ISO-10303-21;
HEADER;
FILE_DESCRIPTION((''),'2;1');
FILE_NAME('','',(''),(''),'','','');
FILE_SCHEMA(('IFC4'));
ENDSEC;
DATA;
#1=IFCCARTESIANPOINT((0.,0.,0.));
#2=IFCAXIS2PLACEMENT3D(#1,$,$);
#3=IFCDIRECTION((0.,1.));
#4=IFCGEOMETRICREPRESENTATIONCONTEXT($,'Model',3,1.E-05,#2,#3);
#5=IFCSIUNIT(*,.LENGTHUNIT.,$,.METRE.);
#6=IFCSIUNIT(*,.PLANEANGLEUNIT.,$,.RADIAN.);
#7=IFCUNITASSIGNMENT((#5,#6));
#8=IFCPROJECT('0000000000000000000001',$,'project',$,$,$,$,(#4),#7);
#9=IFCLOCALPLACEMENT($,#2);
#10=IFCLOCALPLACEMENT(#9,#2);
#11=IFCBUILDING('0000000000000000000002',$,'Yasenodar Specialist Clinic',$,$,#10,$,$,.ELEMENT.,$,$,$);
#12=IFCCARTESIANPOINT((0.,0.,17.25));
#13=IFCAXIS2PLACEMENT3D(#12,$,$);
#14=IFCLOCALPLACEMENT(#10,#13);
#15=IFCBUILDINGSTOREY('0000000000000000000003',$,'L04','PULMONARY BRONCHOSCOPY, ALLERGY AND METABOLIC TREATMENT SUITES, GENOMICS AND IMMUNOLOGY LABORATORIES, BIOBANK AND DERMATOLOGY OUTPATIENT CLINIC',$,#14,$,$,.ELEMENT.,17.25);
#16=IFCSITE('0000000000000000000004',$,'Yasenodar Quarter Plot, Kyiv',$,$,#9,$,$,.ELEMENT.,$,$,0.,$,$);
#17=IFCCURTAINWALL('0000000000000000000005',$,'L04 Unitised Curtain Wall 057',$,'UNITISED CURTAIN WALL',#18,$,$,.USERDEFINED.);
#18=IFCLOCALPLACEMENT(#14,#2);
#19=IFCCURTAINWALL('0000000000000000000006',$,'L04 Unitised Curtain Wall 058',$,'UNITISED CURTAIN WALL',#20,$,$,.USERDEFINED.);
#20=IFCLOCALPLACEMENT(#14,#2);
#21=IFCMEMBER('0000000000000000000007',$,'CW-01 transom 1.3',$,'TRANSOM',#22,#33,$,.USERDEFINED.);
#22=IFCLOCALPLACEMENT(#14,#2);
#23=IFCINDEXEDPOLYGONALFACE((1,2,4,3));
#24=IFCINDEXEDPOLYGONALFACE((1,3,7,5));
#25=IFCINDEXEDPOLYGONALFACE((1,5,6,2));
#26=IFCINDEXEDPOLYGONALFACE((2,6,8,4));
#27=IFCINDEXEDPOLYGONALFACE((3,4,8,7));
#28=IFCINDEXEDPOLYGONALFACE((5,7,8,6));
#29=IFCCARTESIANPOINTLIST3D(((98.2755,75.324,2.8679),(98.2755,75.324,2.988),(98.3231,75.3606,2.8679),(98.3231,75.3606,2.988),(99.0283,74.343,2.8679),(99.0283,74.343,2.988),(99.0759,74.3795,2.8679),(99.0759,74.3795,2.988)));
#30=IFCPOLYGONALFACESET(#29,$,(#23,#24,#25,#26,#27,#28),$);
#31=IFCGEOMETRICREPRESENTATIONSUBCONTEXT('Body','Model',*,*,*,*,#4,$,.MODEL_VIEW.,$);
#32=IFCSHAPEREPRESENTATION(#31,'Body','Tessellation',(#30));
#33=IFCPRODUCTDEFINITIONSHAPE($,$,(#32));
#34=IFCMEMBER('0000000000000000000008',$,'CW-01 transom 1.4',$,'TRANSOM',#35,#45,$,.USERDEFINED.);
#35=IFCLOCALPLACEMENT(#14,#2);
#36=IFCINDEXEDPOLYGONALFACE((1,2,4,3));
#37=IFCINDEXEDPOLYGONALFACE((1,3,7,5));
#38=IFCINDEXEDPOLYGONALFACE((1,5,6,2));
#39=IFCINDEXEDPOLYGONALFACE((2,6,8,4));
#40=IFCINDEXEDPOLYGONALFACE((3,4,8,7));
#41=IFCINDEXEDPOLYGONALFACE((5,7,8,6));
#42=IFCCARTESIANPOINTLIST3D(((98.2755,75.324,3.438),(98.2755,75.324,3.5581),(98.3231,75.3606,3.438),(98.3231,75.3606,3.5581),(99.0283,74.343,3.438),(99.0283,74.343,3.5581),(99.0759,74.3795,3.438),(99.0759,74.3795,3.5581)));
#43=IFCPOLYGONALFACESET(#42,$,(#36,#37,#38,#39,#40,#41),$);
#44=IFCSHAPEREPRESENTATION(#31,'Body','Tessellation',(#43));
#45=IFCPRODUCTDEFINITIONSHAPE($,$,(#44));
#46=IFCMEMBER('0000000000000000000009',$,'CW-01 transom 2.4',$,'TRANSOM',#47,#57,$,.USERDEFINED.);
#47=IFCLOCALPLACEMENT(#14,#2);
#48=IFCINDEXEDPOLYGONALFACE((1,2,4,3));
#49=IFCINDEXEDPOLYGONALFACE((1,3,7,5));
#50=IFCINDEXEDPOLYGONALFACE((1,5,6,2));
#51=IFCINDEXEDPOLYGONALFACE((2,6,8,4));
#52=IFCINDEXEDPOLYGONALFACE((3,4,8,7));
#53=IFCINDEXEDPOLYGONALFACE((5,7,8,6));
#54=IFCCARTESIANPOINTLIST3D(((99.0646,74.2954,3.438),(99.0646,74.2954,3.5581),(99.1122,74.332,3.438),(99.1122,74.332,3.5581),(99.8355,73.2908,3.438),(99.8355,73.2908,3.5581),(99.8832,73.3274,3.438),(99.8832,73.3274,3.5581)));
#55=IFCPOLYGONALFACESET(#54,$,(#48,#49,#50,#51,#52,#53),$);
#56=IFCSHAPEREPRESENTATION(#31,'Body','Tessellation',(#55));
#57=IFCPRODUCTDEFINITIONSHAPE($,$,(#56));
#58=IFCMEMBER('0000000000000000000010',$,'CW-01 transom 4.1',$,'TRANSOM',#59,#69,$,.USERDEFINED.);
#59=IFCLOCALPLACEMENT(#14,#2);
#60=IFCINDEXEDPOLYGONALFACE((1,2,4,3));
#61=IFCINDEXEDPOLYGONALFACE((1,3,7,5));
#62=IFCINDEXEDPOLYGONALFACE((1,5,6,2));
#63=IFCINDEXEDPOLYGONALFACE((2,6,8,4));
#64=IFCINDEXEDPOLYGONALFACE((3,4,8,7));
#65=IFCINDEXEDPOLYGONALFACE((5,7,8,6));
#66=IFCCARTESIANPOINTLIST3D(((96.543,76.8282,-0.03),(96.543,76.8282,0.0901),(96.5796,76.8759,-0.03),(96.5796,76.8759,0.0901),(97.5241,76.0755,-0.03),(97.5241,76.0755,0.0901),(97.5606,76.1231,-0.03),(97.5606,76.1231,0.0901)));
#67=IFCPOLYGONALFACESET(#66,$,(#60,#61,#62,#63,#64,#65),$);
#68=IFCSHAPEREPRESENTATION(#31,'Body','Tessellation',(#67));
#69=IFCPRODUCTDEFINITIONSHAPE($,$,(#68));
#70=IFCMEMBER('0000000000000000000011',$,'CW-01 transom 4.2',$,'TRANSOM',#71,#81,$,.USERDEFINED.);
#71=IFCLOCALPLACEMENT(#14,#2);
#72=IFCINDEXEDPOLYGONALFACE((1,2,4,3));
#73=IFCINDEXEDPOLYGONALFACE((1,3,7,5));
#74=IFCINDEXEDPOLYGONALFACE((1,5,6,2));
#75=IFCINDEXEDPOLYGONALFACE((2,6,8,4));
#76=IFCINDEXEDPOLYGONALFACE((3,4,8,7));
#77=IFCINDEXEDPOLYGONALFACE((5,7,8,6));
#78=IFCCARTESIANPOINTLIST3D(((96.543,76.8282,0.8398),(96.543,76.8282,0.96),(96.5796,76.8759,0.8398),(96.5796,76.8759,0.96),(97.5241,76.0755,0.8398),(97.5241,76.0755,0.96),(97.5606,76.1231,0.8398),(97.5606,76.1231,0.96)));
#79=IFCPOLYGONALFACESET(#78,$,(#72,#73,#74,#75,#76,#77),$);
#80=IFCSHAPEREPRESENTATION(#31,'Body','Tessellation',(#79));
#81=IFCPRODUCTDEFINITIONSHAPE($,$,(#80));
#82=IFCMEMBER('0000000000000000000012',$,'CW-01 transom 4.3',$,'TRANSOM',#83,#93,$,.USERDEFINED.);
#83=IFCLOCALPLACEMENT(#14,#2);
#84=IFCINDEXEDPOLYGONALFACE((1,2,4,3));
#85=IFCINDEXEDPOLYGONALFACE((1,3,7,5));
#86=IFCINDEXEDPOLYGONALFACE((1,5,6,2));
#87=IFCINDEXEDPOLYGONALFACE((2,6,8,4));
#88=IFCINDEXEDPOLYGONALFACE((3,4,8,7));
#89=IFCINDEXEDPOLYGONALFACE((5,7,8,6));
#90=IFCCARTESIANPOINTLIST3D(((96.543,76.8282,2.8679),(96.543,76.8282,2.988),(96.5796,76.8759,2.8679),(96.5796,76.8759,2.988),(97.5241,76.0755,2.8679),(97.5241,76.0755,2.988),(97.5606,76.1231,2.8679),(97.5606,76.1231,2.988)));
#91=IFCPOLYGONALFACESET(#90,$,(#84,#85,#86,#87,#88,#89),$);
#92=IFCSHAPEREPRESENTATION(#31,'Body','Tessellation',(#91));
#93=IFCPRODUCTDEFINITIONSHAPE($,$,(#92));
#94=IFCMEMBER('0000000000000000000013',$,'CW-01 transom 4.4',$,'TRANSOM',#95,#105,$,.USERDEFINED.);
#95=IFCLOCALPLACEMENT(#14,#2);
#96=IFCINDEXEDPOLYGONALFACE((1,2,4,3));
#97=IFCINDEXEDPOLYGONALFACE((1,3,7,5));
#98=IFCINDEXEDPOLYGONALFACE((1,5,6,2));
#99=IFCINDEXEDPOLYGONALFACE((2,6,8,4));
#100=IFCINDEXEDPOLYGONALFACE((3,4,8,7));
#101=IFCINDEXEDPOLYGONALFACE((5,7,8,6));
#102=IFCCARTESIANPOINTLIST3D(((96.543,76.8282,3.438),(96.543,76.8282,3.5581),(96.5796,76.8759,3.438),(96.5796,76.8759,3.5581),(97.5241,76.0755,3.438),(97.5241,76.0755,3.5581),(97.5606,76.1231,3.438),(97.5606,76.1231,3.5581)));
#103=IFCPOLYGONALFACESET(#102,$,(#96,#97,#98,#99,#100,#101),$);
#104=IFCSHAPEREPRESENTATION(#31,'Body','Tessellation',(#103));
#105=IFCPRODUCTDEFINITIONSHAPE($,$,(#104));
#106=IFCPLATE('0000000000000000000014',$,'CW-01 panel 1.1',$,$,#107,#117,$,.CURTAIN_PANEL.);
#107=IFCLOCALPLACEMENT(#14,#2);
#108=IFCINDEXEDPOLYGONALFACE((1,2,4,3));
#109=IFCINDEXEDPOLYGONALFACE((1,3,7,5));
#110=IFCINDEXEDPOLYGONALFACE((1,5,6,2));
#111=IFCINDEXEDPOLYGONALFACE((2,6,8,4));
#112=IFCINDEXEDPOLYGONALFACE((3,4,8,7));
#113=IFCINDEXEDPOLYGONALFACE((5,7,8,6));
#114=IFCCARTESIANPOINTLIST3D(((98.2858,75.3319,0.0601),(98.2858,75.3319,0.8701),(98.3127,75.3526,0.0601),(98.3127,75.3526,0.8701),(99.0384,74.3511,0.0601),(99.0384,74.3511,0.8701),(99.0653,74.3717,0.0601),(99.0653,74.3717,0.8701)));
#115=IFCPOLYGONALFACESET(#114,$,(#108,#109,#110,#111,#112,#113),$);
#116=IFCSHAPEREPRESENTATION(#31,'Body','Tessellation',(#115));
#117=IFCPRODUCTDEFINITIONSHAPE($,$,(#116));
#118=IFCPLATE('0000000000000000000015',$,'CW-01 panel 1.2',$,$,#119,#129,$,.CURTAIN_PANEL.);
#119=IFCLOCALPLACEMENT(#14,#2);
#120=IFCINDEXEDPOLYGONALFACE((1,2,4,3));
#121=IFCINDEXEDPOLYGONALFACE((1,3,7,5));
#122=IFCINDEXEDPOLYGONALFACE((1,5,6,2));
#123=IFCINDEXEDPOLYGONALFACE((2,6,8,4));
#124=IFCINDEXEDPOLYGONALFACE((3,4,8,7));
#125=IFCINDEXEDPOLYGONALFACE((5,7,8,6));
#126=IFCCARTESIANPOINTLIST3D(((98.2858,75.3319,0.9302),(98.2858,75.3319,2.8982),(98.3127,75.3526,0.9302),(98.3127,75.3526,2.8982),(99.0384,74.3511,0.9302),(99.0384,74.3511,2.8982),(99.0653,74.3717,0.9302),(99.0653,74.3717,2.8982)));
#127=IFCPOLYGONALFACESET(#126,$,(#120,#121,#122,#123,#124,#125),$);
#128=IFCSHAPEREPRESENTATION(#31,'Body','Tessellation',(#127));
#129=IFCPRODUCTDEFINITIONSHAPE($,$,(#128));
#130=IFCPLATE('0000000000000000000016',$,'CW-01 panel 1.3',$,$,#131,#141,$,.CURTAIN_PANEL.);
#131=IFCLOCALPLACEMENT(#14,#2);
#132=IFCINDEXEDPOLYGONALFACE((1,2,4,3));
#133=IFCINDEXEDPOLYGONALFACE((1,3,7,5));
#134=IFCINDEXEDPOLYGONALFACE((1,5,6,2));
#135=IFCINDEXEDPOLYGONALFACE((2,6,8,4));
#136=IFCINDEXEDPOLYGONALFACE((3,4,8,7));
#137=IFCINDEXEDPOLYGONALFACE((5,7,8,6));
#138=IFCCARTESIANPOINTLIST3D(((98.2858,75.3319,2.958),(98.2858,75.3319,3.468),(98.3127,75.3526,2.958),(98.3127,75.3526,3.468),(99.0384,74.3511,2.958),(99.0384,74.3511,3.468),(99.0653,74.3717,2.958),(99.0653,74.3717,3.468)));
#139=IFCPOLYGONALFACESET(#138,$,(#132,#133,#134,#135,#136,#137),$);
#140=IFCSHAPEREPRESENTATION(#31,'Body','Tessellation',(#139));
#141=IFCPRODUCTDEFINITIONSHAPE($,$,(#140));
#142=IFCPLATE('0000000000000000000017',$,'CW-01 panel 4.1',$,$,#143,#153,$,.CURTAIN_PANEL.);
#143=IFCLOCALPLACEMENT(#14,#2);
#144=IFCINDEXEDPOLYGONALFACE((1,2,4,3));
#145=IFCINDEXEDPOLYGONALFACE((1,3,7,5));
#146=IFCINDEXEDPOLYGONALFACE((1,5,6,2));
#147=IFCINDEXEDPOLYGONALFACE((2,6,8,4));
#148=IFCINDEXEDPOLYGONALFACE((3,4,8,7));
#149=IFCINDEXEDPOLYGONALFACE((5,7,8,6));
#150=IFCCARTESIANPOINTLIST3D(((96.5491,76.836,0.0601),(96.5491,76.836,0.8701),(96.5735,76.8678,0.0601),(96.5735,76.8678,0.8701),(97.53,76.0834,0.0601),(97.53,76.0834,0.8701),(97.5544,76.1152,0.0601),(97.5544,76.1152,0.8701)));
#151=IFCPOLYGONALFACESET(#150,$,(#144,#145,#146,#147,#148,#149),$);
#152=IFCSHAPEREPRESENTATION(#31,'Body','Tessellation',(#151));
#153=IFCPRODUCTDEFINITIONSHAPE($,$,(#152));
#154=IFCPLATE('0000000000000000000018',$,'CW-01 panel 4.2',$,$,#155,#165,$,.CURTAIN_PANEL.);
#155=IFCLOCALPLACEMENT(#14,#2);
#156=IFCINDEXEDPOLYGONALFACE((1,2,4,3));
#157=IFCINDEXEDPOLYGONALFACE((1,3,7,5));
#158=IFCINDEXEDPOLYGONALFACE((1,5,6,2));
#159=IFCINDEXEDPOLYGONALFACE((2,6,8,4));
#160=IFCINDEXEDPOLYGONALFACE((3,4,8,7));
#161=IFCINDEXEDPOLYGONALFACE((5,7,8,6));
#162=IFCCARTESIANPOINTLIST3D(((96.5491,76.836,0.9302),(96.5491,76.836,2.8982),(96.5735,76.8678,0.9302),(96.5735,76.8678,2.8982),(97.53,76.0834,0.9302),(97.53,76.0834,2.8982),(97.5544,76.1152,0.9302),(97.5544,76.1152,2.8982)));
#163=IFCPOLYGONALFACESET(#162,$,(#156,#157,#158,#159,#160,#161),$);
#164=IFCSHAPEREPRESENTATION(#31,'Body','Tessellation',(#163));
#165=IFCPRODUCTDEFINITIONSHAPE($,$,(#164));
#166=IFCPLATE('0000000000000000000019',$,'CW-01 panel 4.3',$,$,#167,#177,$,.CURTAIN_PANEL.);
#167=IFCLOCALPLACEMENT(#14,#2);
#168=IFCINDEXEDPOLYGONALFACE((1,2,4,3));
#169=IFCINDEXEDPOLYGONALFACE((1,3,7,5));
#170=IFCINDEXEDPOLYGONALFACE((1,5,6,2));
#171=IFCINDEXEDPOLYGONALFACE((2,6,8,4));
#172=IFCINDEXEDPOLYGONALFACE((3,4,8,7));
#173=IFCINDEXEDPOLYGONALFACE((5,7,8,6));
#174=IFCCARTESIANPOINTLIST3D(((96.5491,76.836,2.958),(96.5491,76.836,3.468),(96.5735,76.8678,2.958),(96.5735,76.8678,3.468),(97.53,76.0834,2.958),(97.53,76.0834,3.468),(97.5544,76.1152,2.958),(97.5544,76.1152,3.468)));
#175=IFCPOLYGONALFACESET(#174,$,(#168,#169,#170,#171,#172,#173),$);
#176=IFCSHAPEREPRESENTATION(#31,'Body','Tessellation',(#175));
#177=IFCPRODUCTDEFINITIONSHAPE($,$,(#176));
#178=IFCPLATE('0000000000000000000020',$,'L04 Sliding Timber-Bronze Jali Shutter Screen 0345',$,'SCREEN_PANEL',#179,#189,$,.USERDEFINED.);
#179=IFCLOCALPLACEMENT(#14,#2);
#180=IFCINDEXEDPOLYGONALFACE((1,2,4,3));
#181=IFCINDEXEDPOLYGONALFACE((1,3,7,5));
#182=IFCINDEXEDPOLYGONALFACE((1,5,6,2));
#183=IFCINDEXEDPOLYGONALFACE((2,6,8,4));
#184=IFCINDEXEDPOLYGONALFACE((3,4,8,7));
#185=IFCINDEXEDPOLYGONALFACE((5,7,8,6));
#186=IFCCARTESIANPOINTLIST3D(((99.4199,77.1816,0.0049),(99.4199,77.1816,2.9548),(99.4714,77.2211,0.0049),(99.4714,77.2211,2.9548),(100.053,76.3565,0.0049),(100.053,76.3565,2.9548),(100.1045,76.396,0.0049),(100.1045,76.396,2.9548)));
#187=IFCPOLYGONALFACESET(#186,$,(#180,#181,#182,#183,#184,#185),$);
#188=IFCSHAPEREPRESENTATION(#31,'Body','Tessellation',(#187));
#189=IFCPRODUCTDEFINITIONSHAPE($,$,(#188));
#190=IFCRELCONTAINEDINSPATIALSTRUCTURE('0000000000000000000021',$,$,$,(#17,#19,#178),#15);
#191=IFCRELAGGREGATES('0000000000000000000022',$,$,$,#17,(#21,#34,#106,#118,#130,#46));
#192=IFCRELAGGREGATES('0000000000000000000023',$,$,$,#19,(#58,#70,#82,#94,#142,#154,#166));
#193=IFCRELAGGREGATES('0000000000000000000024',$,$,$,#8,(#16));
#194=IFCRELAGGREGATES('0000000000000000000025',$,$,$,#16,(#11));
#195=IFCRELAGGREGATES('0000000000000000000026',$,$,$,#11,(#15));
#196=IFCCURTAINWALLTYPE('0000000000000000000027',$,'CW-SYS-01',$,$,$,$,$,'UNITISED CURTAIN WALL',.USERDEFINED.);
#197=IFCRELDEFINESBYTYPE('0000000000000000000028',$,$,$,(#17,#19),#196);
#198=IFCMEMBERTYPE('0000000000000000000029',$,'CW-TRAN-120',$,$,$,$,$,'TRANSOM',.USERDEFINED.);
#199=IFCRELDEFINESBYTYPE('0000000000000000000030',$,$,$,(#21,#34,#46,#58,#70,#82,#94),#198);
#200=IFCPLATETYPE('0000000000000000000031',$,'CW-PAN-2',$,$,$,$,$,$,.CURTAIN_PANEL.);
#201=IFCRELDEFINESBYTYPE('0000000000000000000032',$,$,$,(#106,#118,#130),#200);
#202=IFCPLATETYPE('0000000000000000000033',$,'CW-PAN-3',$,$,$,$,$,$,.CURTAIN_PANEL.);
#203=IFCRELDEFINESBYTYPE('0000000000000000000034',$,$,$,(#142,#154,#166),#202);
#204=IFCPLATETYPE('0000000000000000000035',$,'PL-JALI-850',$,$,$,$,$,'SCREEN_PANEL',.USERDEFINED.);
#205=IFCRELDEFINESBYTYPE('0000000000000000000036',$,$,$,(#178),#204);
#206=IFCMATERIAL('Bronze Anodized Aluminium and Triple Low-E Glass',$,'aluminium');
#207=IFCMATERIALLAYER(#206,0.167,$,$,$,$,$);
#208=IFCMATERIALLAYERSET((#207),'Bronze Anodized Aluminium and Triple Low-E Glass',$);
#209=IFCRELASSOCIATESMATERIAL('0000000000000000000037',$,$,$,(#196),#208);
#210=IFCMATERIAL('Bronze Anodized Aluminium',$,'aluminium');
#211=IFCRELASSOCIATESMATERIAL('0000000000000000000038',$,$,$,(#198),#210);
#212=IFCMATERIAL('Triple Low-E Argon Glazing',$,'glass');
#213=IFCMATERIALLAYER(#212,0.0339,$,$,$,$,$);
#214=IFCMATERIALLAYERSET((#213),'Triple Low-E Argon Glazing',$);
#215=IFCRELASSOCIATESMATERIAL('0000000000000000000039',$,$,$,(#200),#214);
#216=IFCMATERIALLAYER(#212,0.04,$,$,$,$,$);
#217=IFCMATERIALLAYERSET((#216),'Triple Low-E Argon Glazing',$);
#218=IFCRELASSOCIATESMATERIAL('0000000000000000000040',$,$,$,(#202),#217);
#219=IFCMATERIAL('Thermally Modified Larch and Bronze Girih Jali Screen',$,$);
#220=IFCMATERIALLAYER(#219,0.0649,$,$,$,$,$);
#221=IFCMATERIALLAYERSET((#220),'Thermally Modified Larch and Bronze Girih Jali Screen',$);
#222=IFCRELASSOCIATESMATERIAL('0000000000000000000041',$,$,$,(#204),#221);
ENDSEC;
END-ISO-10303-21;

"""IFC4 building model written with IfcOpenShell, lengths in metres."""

from ifc_helpers import new_model, si_unit, direction, frame, origin, origin_2d, place, context, subcontext, project, spatial, rectangle, extrude, material, layer, layer_set, material_profile, profile_set, type_object, element, aggregate, save


model = new_model("IFC4")

# Units and contexts
model_context = context("Model", 3, precision=1e-05, world=origin(), true_north=direction((0.0, 1.0)))
body_context = subcontext(model_context, "Body", "Model", "MODEL_VIEW")
ifc_project = project(units=[si_unit("LENGTHUNIT", "METRE"), si_unit("PLANEANGLEUNIT", "RADIAN")], contexts=[model_context])

# Site, building, storey
site_placement = place(None, origin())
site = spatial("IfcSite", under=ifc_project, at=site_placement, Name="Yasenodar Quarter Plot, Kyiv", CompositionType="ELEMENT", RefElevation=0.0)
building_placement = place(site_placement, origin())
building = spatial("IfcBuilding", under=site, at=building_placement, Name="Yasenodar Specialist Clinic", CompositionType="ELEMENT")
storey_placement = place(building_placement, frame((0.0, 0.0, 17.25)))
storey = spatial("IfcBuildingStorey", under=building, at=storey_placement, Name="L04", Description="PULMONARY BRONCHOSCOPY, ALLERGY AND METABOLIC TREATMENT SUITES, GENOMICS AND IMMUNOLOGY LABORATORIES, BIOBANK AND DERMATOLOGY OUTPATIENT CLINIC", CompositionType="ELEMENT", Elevation=17.25)

# Curtain walls
ifc_material_1 = material(Name="Bronze Anodized Aluminium and Triple Low-E Glass", Category="aluminium")
ifc_layer_1 = layer(ifc_material_1, 0.167)
ifc_layer_set_1 = layer_set([ifc_layer_1], Name="Bronze Anodized Aluminium and Triple Low-E Glass")
curtain_wall_type = type_object("IfcCurtainWallType", Name="CW-SYS-01", ElementType="UNITISED CURTAIN WALL", PredefinedType="USERDEFINED", material=ifc_layer_set_1)
curtain_wall_1_placement = place(storey_placement, origin())
curtain_wall_1 = element("IfcCurtainWall", 1, at=curtain_wall_1_placement, inside=storey, type_object=curtain_wall_type, Name="L04 Unitised Curtain Wall 057", ObjectType="UNITISED CURTAIN WALL", PredefinedType="USERDEFINED")
ifc_material_2 = material(Name="Bronze Anodized Aluminium", Category="aluminium")
curtain_wall_2_placement = place(storey_placement, origin())
curtain_wall_2 = element("IfcCurtainWall", 2, at=curtain_wall_2_placement, inside=storey, type_object=curtain_wall_type, Name="L04 Unitised Curtain Wall 058", ObjectType="UNITISED CURTAIN WALL", PredefinedType="USERDEFINED")

# Members
ifc_material_profile_1 = material_profile(ifc_material_2, rectangle(XDim=0.0601, YDim=0.1201, at=origin_2d()), Name="CW-TRAN 60x120")
ifc_profile_set_1 = profile_set([ifc_material_profile_1], Name="Bronze Anodized Aluminium")
member_type_1 = type_object("IfcMemberType", Name="CW-TRAN-120", ElementType="TRANSOM", PredefinedType="USERDEFINED", material=ifc_profile_set_1)
member_1_placement = place(storey_placement, frame((98.2993, 75.3423, 2.928), z_axis=(0.608747, -0.793365, 0.0), x_axis=(0.793365, 0.608747, 0.0)))
member_1 = element("IfcMember", 3, at=member_1_placement, type_object=member_type_1, Name="CW-01 transom 1.3", ObjectType="TRANSOM", PredefinedType="USERDEFINED", context=body_context, shape_type="SweptSolid", body=[
    extrude(rectangle(XDim=0.0601, YDim=0.1201, at=origin_2d()), origin(), (0.0, 0.0, 1.0), 1.2366),
])
member_2_placement = place(storey_placement, frame((98.2993, 75.3423, 3.498), z_axis=(0.608747, -0.793365, 0.0), x_axis=(0.793365, 0.608747, 0.0)))
member_2 = element("IfcMember", 4, at=member_2_placement, type_object=member_type_1, Name="CW-01 transom 1.4", ObjectType="TRANSOM", PredefinedType="USERDEFINED", context=body_context, shape_type="SweptSolid", body=[
    extrude(rectangle(XDim=0.0601, YDim=0.1201, at=origin_2d()), origin(), (0.0, 0.0, 1.0), 1.2366),
])
member_3_placement = place(storey_placement, frame((99.0884, 74.3137, 3.498), z_axis=(0.608816, -0.793311, 0.0), x_axis=(0.793311, 0.608816, 0.0)))
member_3 = element("IfcMember", 5, at=member_3_placement, type_object=member_type_1, Name="CW-01 transom 2.4", ObjectType="TRANSOM", PredefinedType="USERDEFINED", context=body_context, shape_type="SweptSolid", body=[
    extrude(rectangle(XDim=0.0601, YDim=0.1201, at=origin_2d()), origin(), (0.0, 0.0, 1.0), 1.2664),
])
member_4_placement = place(storey_placement, frame((96.5613, 76.8521, 0.03), z_axis=(0.793365, -0.608747, 0.0), x_axis=(0.608747, 0.793365, 0.0)))
member_4 = element("IfcMember", 6, at=member_4_placement, type_object=member_type_1, Name="CW-01 transom 4.1", ObjectType="TRANSOM", PredefinedType="USERDEFINED", context=body_context, shape_type="SweptSolid", body=[
    extrude(rectangle(XDim=0.0601, YDim=0.1201, at=origin_2d()), origin(), (0.0, 0.0, 1.0), 1.2366),
])
member_5_placement = place(storey_placement, frame((96.5613, 76.8521, 0.8999), z_axis=(0.793365, -0.608747, 0.0), x_axis=(0.608747, 0.793365, 0.0)))
member_5 = element("IfcMember", 7, at=member_5_placement, type_object=member_type_1, Name="CW-01 transom 4.2", ObjectType="TRANSOM", PredefinedType="USERDEFINED", context=body_context, shape_type="SweptSolid", body=[
    extrude(rectangle(XDim=0.0601, YDim=0.1201, at=origin_2d()), origin(), (0.0, 0.0, 1.0), 1.2366),
])
member_6_placement = place(storey_placement, frame((96.5613, 76.8521, 2.928), z_axis=(0.793365, -0.608747, 0.0), x_axis=(0.608747, 0.793365, 0.0)))
member_6 = element("IfcMember", 8, at=member_6_placement, type_object=member_type_1, Name="CW-01 transom 4.3", ObjectType="TRANSOM", PredefinedType="USERDEFINED", context=body_context, shape_type="SweptSolid", body=[
    extrude(rectangle(XDim=0.0601, YDim=0.1201, at=origin_2d()), origin(), (0.0, 0.0, 1.0), 1.2366),
])
member_7_placement = place(storey_placement, frame((96.5613, 76.8521, 3.498), z_axis=(0.793365, -0.608747, 0.0), x_axis=(0.608747, 0.793365, 0.0)))
member_7 = element("IfcMember", 9, at=member_7_placement, type_object=member_type_1, Name="CW-01 transom 4.4", ObjectType="TRANSOM", PredefinedType="USERDEFINED", context=body_context, shape_type="SweptSolid", body=[
    extrude(rectangle(XDim=0.0601, YDim=0.1201, at=origin_2d()), origin(), (0.0, 0.0, 1.0), 1.2366),
])

# Plates
ifc_material_3 = material(Name="Triple Low-E Argon Glazing", Category="glass")
ifc_layer_2 = layer(ifc_material_3, 0.0339)
ifc_layer_set_2 = layer_set([ifc_layer_2], Name="Triple Low-E Argon Glazing")
plate_type_1 = type_object("IfcPlateType", Name="CW-PAN-2", PredefinedType="CURTAIN_PANEL", material=ifc_layer_set_2)
plate_1_placement = place(storey_placement, frame((98.6755, 74.8518, 0.0601), z_axis=(0.0, 0.0, 1.0), x_axis=(0.608752, -0.793361, 0.0)))
plate_1 = element("IfcPlate", 10, at=plate_1_placement, type_object=plate_type_1, Name="CW-01 panel 1.1", PredefinedType="CURTAIN_PANEL", context=body_context, shape_type="SweptSolid", body=[
    extrude(rectangle(XDim=1.2363, YDim=0.0339, at=origin_2d()), origin(), (0.0, 0.0, 1.0), 0.8101),
])
plate_2_placement = place(storey_placement, frame((98.6755, 74.8518, 0.9302), z_axis=(0.0, 0.0, 1.0), x_axis=(0.608752, -0.793361, 0.0)))
plate_2 = element("IfcPlate", 11, at=plate_2_placement, type_object=plate_type_1, Name="CW-01 panel 1.2", PredefinedType="CURTAIN_PANEL", context=body_context, shape_type="SweptSolid", body=[
    extrude(rectangle(XDim=1.2363, YDim=0.0339, at=origin_2d()), origin(), (0.0, 0.0, 1.0), 1.968),
])
plate_3_placement = place(storey_placement, frame((98.6755, 74.8518, 2.958), z_axis=(0.0, 0.0, 1.0), x_axis=(0.608752, -0.793361, 0.0)))
plate_3 = element("IfcPlate", 12, at=plate_3_placement, type_object=plate_type_1, Name="CW-01 panel 1.3", PredefinedType="CURTAIN_PANEL", context=body_context, shape_type="SweptSolid", body=[
    extrude(rectangle(XDim=1.2363, YDim=0.0339, at=origin_2d()), origin(), (0.0, 0.0, 1.0), 0.51),
])
aggregate(curtain_wall_1, [member_1, member_2, plate_1, plate_2, plate_3, member_3])
ifc_layer_3 = layer(ifc_material_3, 0.04)
ifc_layer_set_3 = layer_set([ifc_layer_3], Name="Triple Low-E Argon Glazing")
plate_type_2 = type_object("IfcPlateType", Name="CW-PAN-3", PredefinedType="CURTAIN_PANEL", material=ifc_layer_set_3)
plate_4_placement = place(storey_placement, frame((97.0518, 76.4756, 0.0601), z_axis=(0.0, 0.0, 1.0), x_axis=(0.793361, -0.608752, 0.0)))
plate_4 = element("IfcPlate", 13, at=plate_4_placement, type_object=plate_type_2, Name="CW-01 panel 4.1", PredefinedType="CURTAIN_PANEL", context=body_context, shape_type="SweptSolid", body=[
    extrude(rectangle(XDim=1.2363, YDim=0.04, at=origin_2d()), origin(), (0.0, 0.0, 1.0), 0.8101),
])
plate_5_placement = place(storey_placement, frame((97.0518, 76.4756, 0.9302), z_axis=(0.0, 0.0, 1.0), x_axis=(0.793361, -0.608752, 0.0)))
plate_5 = element("IfcPlate", 14, at=plate_5_placement, type_object=plate_type_2, Name="CW-01 panel 4.2", PredefinedType="CURTAIN_PANEL", context=body_context, shape_type="SweptSolid", body=[
    extrude(rectangle(XDim=1.2363, YDim=0.04, at=origin_2d()), origin(), (0.0, 0.0, 1.0), 1.968),
])
plate_6_placement = place(storey_placement, frame((97.0518, 76.4756, 2.958), z_axis=(0.0, 0.0, 1.0), x_axis=(0.793361, -0.608752, 0.0)))
plate_6 = element("IfcPlate", 15, at=plate_6_placement, type_object=plate_type_2, Name="CW-01 panel 4.3", PredefinedType="CURTAIN_PANEL", context=body_context, shape_type="SweptSolid", body=[
    extrude(rectangle(XDim=1.2363, YDim=0.04, at=origin_2d()), origin(), (0.0, 0.0, 1.0), 0.51),
])
aggregate(curtain_wall_2, [member_4, member_5, member_6, member_7, plate_4, plate_5, plate_6])

# Plate
ifc_material_4 = material(Name="Thermally Modified Larch and Bronze Girih Jali Screen")
ifc_layer_4 = layer(ifc_material_4, 0.0649)
ifc_layer_set_4 = layer_set([ifc_layer_4], Name="Thermally Modified Larch and Bronze Girih Jali Screen")
plate_type_3 = type_object("IfcPlateType", Name="PL-JALI-850", ElementType="SCREEN_PANEL", PredefinedType="USERDEFINED", material=ifc_layer_set_4)
plate_7_placement = place(storey_placement, frame((99.7622, 76.7888, 0.0049), z_axis=(0.0, 0.0, 1.0), x_axis=(-0.608764, 0.793351, 0.0)))
element("IfcPlate", 16, at=plate_7_placement, inside=storey, type_object=plate_type_3, Name="L04 Sliding Timber-Bronze Jali Shutter Screen 0345", ObjectType="SCREEN_PANEL", PredefinedType="USERDEFINED", context=body_context, shape_type="SweptSolid", body=[
    extrude(rectangle(XDim=1.04, YDim=0.0649, at=origin_2d()), origin(), (0.0, 0.0, 1.0), 2.95),
])

save(model, "model.ifc")
